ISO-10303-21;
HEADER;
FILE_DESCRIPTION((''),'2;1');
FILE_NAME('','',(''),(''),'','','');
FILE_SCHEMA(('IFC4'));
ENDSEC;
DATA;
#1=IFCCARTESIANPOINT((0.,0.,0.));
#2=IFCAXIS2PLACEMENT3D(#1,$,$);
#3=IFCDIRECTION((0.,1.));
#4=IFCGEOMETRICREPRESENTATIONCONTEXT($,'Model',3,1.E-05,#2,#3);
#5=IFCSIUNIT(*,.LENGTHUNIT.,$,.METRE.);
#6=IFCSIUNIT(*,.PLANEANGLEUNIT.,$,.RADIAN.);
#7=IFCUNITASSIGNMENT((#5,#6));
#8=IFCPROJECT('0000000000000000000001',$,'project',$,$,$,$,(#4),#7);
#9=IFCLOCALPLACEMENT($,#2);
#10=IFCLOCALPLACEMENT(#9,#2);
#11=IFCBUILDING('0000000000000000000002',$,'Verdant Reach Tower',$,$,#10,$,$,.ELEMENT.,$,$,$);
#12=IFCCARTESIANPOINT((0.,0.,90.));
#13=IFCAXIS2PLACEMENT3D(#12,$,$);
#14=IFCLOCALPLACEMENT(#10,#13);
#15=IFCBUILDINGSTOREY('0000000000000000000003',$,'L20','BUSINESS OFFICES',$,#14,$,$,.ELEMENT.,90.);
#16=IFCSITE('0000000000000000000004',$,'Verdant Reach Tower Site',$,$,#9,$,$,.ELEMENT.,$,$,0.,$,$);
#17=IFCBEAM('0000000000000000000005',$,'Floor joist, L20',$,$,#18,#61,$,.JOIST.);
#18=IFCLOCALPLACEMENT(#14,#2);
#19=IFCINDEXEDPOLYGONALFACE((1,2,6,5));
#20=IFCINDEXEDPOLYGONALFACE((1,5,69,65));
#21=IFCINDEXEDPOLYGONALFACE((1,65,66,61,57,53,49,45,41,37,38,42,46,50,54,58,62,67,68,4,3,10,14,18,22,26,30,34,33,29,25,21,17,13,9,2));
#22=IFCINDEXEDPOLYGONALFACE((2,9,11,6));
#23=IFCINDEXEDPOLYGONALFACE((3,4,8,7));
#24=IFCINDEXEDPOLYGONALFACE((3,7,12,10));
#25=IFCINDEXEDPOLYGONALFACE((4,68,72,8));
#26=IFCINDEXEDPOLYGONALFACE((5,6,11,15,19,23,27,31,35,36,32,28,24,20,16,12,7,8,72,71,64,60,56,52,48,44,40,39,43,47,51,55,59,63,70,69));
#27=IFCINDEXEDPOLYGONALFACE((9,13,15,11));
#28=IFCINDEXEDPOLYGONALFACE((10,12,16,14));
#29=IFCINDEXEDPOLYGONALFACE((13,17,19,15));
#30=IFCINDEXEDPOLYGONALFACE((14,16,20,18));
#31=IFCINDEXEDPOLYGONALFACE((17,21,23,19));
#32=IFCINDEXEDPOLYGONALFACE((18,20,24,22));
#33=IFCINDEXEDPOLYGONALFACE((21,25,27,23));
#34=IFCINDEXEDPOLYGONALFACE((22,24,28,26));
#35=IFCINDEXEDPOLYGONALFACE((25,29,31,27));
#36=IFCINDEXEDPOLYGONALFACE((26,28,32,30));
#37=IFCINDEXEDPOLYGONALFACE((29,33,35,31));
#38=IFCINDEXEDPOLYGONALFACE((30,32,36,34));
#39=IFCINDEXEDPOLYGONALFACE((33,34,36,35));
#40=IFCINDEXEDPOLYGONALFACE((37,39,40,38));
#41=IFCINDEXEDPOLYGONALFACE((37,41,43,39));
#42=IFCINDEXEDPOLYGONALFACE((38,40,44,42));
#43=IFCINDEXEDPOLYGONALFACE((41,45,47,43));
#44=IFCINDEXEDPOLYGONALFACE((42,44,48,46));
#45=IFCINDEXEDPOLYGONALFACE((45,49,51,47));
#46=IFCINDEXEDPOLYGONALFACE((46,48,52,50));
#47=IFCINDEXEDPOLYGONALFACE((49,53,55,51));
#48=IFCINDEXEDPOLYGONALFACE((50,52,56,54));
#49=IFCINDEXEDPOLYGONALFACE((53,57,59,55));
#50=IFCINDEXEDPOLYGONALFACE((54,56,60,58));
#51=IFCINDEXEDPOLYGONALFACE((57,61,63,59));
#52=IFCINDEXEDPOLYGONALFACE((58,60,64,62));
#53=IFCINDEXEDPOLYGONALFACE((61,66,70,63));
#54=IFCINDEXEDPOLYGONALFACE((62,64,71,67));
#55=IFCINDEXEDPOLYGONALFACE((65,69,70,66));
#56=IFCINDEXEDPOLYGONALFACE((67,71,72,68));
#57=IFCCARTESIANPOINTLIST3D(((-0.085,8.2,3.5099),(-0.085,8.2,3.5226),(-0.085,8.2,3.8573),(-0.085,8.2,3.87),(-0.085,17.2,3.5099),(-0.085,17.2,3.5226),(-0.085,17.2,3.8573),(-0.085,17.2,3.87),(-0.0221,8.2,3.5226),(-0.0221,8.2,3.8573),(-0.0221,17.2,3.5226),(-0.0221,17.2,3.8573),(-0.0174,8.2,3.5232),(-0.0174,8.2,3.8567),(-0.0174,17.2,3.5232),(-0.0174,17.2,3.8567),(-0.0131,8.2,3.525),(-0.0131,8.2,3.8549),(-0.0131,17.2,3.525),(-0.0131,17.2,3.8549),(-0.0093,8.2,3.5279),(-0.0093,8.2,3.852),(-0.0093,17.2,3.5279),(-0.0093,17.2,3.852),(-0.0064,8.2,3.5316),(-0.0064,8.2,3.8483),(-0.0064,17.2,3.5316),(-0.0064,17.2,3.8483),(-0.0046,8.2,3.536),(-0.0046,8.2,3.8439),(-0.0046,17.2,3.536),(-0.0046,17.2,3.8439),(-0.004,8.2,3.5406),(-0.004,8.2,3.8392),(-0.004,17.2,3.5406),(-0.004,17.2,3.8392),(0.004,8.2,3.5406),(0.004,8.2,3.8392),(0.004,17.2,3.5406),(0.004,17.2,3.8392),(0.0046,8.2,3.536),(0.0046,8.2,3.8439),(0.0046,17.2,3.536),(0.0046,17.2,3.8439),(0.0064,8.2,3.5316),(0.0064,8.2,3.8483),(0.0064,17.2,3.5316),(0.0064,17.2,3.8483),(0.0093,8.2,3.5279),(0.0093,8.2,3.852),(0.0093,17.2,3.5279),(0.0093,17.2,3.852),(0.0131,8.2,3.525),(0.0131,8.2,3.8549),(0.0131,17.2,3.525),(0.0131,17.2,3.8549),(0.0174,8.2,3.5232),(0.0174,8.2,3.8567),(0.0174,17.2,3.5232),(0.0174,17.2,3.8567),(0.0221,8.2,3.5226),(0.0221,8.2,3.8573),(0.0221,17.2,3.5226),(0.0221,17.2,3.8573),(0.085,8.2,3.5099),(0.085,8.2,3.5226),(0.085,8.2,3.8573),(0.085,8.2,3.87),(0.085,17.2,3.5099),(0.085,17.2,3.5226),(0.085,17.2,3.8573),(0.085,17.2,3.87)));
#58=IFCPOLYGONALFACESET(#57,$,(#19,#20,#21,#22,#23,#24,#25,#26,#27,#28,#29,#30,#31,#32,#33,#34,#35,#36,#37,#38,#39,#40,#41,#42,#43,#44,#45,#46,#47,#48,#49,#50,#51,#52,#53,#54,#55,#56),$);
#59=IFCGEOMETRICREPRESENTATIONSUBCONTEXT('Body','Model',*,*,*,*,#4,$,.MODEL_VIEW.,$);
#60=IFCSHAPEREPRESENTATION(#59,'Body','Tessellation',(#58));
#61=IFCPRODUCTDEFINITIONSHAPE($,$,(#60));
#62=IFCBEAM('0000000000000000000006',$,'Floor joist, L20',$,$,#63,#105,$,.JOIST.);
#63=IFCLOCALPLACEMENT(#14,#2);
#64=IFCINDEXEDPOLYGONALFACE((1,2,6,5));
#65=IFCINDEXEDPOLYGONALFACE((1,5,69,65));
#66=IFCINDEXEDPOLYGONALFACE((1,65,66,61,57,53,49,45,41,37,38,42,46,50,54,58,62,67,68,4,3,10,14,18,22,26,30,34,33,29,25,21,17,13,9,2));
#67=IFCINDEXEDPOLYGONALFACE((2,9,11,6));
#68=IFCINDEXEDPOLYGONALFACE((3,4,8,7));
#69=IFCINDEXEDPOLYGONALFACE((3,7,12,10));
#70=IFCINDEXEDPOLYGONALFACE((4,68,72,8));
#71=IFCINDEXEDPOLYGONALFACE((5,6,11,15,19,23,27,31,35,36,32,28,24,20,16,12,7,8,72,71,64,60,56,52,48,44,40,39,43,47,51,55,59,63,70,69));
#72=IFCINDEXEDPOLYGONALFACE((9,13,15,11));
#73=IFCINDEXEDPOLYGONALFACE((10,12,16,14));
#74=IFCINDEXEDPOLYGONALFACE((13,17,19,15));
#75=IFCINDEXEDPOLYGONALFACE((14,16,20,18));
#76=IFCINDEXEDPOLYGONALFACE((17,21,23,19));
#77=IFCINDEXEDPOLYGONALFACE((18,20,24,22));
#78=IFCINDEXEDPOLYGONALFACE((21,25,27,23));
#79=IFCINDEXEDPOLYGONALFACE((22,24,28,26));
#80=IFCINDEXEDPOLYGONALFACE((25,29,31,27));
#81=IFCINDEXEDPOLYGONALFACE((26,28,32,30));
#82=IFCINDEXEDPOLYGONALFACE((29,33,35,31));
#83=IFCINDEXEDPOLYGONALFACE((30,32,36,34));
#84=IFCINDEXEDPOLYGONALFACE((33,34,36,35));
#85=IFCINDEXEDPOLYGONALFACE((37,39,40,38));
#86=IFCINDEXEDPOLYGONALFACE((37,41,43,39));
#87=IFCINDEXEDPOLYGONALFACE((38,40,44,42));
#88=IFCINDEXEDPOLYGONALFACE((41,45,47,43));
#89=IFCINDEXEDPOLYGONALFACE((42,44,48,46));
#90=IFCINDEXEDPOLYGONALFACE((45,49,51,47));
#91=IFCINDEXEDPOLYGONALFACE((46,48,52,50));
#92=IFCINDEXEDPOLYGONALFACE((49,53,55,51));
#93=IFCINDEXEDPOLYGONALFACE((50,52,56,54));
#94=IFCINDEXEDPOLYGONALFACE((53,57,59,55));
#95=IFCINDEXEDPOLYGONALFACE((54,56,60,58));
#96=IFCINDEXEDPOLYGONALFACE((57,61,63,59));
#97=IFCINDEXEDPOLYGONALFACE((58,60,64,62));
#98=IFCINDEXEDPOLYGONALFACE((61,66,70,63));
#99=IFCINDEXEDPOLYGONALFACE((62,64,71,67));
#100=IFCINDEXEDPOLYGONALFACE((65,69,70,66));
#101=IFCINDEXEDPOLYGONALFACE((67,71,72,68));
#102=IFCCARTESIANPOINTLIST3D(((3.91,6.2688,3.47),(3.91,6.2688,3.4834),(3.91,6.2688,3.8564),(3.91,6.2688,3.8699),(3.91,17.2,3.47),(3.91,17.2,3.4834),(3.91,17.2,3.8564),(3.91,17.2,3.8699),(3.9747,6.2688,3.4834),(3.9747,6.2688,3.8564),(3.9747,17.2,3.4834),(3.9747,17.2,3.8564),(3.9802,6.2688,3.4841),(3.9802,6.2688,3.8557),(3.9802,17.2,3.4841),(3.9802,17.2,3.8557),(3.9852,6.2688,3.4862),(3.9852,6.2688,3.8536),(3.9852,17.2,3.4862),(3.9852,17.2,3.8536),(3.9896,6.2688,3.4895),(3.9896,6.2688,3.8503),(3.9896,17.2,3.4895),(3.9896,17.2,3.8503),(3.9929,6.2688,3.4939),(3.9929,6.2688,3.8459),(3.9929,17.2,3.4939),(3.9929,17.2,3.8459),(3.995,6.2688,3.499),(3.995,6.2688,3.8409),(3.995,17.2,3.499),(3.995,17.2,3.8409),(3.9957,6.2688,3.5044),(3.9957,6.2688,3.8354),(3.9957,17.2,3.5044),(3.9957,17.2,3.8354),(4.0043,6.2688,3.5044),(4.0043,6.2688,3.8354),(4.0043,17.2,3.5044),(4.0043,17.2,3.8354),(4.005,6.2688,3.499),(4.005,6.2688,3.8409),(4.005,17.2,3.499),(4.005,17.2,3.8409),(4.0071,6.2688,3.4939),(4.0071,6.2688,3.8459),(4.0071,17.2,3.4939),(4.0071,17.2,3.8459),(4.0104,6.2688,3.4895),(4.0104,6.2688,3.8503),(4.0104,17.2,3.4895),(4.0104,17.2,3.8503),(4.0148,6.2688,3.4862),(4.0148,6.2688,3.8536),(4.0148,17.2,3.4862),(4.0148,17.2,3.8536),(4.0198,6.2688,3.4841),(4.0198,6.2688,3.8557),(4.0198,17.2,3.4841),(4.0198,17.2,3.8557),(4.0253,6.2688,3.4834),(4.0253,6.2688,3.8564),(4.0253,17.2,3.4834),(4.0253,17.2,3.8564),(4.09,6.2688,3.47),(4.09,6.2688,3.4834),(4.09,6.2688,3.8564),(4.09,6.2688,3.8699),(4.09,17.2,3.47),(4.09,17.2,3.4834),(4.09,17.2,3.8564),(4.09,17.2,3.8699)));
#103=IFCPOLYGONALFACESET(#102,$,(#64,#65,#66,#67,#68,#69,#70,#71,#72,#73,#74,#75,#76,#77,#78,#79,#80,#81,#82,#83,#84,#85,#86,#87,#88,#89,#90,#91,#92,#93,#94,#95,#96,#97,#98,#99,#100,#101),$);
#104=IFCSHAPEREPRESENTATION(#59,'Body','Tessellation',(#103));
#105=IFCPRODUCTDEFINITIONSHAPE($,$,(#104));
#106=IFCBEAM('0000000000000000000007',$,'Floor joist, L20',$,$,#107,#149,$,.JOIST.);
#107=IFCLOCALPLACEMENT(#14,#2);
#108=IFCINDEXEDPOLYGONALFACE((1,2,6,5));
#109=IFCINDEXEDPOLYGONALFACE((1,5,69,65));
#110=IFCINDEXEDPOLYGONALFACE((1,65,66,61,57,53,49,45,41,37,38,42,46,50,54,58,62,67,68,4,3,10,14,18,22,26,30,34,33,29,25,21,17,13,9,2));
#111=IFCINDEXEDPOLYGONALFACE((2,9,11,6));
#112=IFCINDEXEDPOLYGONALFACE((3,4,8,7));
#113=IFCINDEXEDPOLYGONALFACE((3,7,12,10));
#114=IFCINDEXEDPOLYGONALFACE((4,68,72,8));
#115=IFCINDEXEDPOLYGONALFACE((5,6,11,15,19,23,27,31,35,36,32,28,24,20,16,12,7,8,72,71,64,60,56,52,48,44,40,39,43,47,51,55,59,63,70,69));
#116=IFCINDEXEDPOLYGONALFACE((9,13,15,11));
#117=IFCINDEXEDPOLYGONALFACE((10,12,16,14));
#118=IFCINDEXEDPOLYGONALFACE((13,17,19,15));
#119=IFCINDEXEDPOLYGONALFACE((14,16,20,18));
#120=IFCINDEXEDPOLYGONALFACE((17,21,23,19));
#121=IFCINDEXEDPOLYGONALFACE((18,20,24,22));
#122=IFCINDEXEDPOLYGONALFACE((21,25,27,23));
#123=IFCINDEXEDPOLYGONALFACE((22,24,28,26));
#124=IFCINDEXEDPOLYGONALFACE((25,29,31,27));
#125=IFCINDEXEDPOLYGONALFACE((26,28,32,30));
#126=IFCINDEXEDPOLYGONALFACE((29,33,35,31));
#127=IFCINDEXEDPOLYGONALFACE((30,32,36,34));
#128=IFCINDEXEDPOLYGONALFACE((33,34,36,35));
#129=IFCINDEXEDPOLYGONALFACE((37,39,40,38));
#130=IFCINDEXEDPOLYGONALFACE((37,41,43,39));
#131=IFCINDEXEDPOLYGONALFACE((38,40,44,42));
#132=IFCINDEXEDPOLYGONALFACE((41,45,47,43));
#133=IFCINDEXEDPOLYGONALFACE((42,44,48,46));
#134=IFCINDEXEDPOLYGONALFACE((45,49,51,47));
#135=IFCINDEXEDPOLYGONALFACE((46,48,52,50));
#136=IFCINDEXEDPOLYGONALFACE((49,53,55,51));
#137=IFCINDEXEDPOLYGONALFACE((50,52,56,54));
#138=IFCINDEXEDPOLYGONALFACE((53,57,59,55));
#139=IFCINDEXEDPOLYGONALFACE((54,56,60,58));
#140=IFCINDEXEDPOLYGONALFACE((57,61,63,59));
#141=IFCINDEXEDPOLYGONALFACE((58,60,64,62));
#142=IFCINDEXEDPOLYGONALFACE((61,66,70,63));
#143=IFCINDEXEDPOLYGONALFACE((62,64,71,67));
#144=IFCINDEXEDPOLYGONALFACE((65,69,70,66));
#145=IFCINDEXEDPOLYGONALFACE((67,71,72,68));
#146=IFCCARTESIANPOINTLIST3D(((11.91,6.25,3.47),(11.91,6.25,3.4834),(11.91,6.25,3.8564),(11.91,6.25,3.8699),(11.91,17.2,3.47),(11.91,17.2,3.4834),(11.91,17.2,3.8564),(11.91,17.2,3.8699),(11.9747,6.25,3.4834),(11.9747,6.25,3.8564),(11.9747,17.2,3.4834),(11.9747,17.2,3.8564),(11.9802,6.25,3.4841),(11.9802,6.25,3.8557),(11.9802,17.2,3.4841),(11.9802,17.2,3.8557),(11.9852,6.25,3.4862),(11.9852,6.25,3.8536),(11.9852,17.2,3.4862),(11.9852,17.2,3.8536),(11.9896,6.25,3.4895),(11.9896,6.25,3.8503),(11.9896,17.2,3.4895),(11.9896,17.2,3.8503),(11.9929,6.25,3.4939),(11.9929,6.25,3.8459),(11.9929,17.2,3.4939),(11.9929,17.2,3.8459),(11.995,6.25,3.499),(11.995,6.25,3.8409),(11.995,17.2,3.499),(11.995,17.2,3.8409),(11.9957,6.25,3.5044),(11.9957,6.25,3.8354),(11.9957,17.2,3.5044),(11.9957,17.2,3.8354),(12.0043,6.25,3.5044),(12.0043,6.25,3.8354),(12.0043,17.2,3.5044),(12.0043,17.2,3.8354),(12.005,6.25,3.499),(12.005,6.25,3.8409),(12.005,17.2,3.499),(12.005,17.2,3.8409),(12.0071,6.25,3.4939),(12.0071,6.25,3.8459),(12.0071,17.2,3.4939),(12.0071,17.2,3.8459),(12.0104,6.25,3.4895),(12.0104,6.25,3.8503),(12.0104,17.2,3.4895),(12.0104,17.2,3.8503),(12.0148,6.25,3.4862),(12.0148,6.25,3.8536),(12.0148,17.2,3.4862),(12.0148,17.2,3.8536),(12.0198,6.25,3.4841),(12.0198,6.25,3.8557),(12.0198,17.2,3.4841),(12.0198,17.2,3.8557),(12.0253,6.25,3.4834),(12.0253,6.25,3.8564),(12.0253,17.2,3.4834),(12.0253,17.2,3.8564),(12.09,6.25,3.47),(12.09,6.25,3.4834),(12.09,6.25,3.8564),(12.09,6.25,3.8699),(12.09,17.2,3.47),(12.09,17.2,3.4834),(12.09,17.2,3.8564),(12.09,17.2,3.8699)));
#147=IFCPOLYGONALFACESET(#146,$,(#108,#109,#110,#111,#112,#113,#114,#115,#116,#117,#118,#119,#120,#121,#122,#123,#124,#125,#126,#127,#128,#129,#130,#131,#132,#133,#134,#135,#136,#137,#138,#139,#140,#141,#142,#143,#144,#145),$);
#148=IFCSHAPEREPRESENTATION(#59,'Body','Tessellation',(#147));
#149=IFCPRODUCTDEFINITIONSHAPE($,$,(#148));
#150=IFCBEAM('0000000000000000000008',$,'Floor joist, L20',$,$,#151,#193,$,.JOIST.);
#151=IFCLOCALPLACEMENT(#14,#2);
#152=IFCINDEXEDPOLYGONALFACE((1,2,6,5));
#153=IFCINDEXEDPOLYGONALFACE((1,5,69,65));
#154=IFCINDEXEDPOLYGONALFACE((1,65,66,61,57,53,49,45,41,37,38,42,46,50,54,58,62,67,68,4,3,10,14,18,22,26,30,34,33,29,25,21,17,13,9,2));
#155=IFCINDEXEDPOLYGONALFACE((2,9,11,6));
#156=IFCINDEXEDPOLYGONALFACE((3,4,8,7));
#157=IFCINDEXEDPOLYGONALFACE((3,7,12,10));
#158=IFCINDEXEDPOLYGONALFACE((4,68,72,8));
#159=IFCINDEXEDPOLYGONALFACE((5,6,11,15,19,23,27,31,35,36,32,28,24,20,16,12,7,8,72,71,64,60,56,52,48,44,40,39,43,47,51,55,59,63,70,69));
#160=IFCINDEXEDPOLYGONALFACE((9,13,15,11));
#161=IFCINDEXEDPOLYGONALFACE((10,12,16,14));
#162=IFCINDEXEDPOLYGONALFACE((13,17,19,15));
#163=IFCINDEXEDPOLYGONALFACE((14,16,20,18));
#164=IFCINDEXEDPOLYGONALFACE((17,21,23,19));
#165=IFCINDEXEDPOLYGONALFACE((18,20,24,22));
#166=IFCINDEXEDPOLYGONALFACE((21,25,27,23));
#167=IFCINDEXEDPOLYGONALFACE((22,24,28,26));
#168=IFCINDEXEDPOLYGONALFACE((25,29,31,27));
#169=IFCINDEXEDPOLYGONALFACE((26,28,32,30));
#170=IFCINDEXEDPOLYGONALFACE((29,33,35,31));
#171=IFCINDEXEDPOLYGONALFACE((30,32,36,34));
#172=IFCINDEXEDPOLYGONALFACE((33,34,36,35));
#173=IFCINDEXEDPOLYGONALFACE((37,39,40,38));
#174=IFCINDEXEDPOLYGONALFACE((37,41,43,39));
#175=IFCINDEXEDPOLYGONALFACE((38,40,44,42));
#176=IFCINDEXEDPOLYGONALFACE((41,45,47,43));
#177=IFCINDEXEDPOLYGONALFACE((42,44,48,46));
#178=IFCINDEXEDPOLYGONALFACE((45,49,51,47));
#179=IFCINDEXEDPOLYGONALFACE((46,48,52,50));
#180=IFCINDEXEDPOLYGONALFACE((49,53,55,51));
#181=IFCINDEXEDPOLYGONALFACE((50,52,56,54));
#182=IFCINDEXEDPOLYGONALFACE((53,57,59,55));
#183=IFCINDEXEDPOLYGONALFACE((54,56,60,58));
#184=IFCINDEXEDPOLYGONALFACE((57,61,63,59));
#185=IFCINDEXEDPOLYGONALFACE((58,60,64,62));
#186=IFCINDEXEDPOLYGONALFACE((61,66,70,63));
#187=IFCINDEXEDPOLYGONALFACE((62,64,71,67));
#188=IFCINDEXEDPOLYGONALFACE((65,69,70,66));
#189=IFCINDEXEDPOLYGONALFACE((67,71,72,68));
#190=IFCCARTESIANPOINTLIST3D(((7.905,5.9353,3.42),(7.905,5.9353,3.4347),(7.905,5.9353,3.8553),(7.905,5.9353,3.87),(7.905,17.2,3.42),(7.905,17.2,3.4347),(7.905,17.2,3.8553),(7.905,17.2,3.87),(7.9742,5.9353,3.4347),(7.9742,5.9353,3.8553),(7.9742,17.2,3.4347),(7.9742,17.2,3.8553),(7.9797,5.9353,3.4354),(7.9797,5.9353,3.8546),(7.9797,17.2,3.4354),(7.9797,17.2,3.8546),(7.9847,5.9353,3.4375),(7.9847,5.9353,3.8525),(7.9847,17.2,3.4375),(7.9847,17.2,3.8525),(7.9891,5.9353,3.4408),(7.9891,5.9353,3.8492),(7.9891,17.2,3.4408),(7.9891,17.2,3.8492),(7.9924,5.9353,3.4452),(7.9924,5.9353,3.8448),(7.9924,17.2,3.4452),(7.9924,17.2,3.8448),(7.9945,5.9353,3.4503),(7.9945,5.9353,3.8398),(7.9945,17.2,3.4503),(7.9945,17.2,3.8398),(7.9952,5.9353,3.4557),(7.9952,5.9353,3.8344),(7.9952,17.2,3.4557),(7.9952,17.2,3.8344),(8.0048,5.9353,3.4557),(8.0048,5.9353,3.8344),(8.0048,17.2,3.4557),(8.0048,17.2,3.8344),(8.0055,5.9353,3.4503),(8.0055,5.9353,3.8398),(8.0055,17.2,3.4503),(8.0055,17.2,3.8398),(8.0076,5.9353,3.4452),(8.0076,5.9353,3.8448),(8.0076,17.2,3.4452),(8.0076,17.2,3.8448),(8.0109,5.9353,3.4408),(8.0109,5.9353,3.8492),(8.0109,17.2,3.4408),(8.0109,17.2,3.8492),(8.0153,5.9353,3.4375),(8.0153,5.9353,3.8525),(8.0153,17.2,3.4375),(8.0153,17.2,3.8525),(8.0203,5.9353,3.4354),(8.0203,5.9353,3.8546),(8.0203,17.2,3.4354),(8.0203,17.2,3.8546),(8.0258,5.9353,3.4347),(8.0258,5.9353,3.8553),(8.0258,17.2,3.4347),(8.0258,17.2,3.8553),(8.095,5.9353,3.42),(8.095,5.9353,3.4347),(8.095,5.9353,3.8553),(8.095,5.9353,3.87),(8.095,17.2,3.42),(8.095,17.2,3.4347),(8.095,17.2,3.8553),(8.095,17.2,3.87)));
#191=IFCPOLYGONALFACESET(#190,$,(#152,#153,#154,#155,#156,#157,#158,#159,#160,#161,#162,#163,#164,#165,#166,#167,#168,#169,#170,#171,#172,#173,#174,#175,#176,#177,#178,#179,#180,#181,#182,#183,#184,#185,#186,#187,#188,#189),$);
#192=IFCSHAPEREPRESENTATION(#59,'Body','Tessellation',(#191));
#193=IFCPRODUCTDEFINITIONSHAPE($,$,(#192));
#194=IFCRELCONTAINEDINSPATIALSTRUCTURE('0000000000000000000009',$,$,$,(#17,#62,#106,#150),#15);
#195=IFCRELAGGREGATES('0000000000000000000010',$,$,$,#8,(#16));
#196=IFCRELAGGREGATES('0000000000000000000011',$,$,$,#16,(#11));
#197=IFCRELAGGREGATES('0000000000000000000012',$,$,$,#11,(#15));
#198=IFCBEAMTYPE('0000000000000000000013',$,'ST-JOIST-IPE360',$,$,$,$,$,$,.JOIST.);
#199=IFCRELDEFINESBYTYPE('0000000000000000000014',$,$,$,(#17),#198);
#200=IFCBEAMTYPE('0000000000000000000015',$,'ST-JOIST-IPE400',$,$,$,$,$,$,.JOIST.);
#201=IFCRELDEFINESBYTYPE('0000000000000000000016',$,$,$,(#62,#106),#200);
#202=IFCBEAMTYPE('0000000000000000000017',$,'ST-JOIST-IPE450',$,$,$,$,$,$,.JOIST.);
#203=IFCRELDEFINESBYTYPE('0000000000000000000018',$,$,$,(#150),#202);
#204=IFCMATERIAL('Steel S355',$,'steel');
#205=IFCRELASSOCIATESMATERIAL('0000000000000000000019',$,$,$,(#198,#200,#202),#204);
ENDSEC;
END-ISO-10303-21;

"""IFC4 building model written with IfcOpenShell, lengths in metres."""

from ifc_helpers import new_model, si_unit, direction, frame, origin, origin_2d, place, context, subcontext, project, spatial, i_section, extrude, material, material_profile, profile_set, type_object, element, save


model = new_model("IFC4")

# Units and contexts
model_context = context("Model", 3, precision=1e-05, world=origin(), true_north=direction((0.0, 1.0)))
body_context = subcontext(model_context, "Body", "Model", "MODEL_VIEW")
ifc_project = project(units=[si_unit("LENGTHUNIT", "METRE"), si_unit("PLANEANGLEUNIT", "RADIAN")], contexts=[model_context])

# Site, building, storey
site_placement = place(None, origin())
site = spatial("IfcSite", under=ifc_project, at=site_placement, Name="Verdant Reach Tower Site", CompositionType="ELEMENT", RefElevation=0.0)
building_placement = place(site_placement, origin())
building = spatial("IfcBuilding", under=site, at=building_placement, Name="Verdant Reach Tower", CompositionType="ELEMENT")
storey_placement = place(building_placement, frame((0.0, 0.0, 90.0)))
storey = spatial("IfcBuildingStorey", under=building, at=storey_placement, Name="L20", Description="BUSINESS OFFICES", CompositionType="ELEMENT", Elevation=90.0)

# Beams
ifc_material_1 = material(Name="Steel S355", Category="steel")
ifc_material_profile_1 = material_profile(ifc_material_1, i_section(OverallWidth=0.1699, OverallDepth=0.3601, WebThickness=0.0081, FlangeThickness=0.0127, FilletRadius=0.0181, at=origin_2d()), Name="IPE 360")
ifc_profile_set_1 = profile_set([ifc_material_profile_1], Name="Steel S355")
beam_type_1 = type_object("IfcBeamType", Name="ST-JOIST-IPE360", PredefinedType="JOIST", material=ifc_profile_set_1)
beam_1_placement = place(storey_placement, frame((0.0, 17.2, 3.6899), z_axis=(0.0, -1.0, 0.0), x_axis=(1.0, 0.0, 0.0)))
element("IfcBeam", 1, at=beam_1_placement, inside=storey, type_object=beam_type_1, Name="Floor joist, L20", PredefinedType="JOIST", context=body_context, shape_type="SweptSolid", body=[
    extrude(i_section(OverallWidth=0.1699, OverallDepth=0.3601, WebThickness=0.0081, FlangeThickness=0.0127, FilletRadius=0.0181, at=origin_2d()), origin(), (0.0, 0.0, 1.0), 9.0),
])
ifc_material_profile_2 = material_profile(ifc_material_1, i_section(OverallWidth=0.1799, OverallDepth=0.3999, WebThickness=0.0085, FlangeThickness=0.0134, FilletRadius=0.021, at=origin_2d()), Name="IPE 400")
ifc_profile_set_2 = profile_set([ifc_material_profile_2], Name="Steel S355")
beam_type_2 = type_object("IfcBeamType", Name="ST-JOIST-IPE400", PredefinedType="JOIST", material=ifc_profile_set_2)
beam_2_placement = place(storey_placement, frame((4.0, 17.2, 3.6699), z_axis=(0.0, -1.0, 0.0), x_axis=(1.0, 0.0, 0.0)))
element("IfcBeam", 2, at=beam_2_placement, inside=storey, type_object=beam_type_2, Name="Floor joist, L20", PredefinedType="JOIST", context=body_context, shape_type="SweptSolid", body=[
    extrude(i_section(OverallWidth=0.1799, OverallDepth=0.3999, WebThickness=0.0085, FlangeThickness=0.0134, FilletRadius=0.021, at=origin_2d()), origin(), (0.0, 0.0, 1.0), 10.9312),
])
beam_3_placement = place(storey_placement, frame((12.0, 17.2, 3.6699), z_axis=(0.0, -1.0, 0.0), x_axis=(1.0, 0.0, 0.0)))
element("IfcBeam", 3, at=beam_3_placement, inside=storey, type_object=beam_type_2, Name="Floor joist, L20", PredefinedType="JOIST", context=body_context, shape_type="SweptSolid", body=[
    extrude(i_section(OverallWidth=0.1799, OverallDepth=0.3999, WebThickness=0.0085, FlangeThickness=0.0134, FilletRadius=0.021, at=origin_2d()), origin(), (0.0, 0.0, 1.0), 10.95),
])
ifc_material_profile_3 = material_profile(ifc_material_1, i_section(OverallWidth=0.1899, OverallDepth=0.45, WebThickness=0.0095, FlangeThickness=0.0146, FilletRadius=0.021, at=origin_2d()), Name="IPE 450")
ifc_profile_set_3 = profile_set([ifc_material_profile_3], Name="Steel S355")
beam_type_3 = type_object("IfcBeamType", Name="ST-JOIST-IPE450", PredefinedType="JOIST", material=ifc_profile_set_3)
beam_4_placement = place(storey_placement, frame((8.0, 17.2, 3.645), z_axis=(0.0, -1.0, 0.0), x_axis=(1.0, 0.0, 0.0)))
element("IfcBeam", 4, at=beam_4_placement, inside=storey, type_object=beam_type_3, Name="Floor joist, L20", PredefinedType="JOIST", context=body_context, shape_type="SweptSolid", body=[
    extrude(i_section(OverallWidth=0.1899, OverallDepth=0.45, WebThickness=0.0095, FlangeThickness=0.0146, FilletRadius=0.021, at=origin_2d()), origin(), (0.0, 0.0, 1.0), 11.2646),
])

save(model, "model.ifc")
